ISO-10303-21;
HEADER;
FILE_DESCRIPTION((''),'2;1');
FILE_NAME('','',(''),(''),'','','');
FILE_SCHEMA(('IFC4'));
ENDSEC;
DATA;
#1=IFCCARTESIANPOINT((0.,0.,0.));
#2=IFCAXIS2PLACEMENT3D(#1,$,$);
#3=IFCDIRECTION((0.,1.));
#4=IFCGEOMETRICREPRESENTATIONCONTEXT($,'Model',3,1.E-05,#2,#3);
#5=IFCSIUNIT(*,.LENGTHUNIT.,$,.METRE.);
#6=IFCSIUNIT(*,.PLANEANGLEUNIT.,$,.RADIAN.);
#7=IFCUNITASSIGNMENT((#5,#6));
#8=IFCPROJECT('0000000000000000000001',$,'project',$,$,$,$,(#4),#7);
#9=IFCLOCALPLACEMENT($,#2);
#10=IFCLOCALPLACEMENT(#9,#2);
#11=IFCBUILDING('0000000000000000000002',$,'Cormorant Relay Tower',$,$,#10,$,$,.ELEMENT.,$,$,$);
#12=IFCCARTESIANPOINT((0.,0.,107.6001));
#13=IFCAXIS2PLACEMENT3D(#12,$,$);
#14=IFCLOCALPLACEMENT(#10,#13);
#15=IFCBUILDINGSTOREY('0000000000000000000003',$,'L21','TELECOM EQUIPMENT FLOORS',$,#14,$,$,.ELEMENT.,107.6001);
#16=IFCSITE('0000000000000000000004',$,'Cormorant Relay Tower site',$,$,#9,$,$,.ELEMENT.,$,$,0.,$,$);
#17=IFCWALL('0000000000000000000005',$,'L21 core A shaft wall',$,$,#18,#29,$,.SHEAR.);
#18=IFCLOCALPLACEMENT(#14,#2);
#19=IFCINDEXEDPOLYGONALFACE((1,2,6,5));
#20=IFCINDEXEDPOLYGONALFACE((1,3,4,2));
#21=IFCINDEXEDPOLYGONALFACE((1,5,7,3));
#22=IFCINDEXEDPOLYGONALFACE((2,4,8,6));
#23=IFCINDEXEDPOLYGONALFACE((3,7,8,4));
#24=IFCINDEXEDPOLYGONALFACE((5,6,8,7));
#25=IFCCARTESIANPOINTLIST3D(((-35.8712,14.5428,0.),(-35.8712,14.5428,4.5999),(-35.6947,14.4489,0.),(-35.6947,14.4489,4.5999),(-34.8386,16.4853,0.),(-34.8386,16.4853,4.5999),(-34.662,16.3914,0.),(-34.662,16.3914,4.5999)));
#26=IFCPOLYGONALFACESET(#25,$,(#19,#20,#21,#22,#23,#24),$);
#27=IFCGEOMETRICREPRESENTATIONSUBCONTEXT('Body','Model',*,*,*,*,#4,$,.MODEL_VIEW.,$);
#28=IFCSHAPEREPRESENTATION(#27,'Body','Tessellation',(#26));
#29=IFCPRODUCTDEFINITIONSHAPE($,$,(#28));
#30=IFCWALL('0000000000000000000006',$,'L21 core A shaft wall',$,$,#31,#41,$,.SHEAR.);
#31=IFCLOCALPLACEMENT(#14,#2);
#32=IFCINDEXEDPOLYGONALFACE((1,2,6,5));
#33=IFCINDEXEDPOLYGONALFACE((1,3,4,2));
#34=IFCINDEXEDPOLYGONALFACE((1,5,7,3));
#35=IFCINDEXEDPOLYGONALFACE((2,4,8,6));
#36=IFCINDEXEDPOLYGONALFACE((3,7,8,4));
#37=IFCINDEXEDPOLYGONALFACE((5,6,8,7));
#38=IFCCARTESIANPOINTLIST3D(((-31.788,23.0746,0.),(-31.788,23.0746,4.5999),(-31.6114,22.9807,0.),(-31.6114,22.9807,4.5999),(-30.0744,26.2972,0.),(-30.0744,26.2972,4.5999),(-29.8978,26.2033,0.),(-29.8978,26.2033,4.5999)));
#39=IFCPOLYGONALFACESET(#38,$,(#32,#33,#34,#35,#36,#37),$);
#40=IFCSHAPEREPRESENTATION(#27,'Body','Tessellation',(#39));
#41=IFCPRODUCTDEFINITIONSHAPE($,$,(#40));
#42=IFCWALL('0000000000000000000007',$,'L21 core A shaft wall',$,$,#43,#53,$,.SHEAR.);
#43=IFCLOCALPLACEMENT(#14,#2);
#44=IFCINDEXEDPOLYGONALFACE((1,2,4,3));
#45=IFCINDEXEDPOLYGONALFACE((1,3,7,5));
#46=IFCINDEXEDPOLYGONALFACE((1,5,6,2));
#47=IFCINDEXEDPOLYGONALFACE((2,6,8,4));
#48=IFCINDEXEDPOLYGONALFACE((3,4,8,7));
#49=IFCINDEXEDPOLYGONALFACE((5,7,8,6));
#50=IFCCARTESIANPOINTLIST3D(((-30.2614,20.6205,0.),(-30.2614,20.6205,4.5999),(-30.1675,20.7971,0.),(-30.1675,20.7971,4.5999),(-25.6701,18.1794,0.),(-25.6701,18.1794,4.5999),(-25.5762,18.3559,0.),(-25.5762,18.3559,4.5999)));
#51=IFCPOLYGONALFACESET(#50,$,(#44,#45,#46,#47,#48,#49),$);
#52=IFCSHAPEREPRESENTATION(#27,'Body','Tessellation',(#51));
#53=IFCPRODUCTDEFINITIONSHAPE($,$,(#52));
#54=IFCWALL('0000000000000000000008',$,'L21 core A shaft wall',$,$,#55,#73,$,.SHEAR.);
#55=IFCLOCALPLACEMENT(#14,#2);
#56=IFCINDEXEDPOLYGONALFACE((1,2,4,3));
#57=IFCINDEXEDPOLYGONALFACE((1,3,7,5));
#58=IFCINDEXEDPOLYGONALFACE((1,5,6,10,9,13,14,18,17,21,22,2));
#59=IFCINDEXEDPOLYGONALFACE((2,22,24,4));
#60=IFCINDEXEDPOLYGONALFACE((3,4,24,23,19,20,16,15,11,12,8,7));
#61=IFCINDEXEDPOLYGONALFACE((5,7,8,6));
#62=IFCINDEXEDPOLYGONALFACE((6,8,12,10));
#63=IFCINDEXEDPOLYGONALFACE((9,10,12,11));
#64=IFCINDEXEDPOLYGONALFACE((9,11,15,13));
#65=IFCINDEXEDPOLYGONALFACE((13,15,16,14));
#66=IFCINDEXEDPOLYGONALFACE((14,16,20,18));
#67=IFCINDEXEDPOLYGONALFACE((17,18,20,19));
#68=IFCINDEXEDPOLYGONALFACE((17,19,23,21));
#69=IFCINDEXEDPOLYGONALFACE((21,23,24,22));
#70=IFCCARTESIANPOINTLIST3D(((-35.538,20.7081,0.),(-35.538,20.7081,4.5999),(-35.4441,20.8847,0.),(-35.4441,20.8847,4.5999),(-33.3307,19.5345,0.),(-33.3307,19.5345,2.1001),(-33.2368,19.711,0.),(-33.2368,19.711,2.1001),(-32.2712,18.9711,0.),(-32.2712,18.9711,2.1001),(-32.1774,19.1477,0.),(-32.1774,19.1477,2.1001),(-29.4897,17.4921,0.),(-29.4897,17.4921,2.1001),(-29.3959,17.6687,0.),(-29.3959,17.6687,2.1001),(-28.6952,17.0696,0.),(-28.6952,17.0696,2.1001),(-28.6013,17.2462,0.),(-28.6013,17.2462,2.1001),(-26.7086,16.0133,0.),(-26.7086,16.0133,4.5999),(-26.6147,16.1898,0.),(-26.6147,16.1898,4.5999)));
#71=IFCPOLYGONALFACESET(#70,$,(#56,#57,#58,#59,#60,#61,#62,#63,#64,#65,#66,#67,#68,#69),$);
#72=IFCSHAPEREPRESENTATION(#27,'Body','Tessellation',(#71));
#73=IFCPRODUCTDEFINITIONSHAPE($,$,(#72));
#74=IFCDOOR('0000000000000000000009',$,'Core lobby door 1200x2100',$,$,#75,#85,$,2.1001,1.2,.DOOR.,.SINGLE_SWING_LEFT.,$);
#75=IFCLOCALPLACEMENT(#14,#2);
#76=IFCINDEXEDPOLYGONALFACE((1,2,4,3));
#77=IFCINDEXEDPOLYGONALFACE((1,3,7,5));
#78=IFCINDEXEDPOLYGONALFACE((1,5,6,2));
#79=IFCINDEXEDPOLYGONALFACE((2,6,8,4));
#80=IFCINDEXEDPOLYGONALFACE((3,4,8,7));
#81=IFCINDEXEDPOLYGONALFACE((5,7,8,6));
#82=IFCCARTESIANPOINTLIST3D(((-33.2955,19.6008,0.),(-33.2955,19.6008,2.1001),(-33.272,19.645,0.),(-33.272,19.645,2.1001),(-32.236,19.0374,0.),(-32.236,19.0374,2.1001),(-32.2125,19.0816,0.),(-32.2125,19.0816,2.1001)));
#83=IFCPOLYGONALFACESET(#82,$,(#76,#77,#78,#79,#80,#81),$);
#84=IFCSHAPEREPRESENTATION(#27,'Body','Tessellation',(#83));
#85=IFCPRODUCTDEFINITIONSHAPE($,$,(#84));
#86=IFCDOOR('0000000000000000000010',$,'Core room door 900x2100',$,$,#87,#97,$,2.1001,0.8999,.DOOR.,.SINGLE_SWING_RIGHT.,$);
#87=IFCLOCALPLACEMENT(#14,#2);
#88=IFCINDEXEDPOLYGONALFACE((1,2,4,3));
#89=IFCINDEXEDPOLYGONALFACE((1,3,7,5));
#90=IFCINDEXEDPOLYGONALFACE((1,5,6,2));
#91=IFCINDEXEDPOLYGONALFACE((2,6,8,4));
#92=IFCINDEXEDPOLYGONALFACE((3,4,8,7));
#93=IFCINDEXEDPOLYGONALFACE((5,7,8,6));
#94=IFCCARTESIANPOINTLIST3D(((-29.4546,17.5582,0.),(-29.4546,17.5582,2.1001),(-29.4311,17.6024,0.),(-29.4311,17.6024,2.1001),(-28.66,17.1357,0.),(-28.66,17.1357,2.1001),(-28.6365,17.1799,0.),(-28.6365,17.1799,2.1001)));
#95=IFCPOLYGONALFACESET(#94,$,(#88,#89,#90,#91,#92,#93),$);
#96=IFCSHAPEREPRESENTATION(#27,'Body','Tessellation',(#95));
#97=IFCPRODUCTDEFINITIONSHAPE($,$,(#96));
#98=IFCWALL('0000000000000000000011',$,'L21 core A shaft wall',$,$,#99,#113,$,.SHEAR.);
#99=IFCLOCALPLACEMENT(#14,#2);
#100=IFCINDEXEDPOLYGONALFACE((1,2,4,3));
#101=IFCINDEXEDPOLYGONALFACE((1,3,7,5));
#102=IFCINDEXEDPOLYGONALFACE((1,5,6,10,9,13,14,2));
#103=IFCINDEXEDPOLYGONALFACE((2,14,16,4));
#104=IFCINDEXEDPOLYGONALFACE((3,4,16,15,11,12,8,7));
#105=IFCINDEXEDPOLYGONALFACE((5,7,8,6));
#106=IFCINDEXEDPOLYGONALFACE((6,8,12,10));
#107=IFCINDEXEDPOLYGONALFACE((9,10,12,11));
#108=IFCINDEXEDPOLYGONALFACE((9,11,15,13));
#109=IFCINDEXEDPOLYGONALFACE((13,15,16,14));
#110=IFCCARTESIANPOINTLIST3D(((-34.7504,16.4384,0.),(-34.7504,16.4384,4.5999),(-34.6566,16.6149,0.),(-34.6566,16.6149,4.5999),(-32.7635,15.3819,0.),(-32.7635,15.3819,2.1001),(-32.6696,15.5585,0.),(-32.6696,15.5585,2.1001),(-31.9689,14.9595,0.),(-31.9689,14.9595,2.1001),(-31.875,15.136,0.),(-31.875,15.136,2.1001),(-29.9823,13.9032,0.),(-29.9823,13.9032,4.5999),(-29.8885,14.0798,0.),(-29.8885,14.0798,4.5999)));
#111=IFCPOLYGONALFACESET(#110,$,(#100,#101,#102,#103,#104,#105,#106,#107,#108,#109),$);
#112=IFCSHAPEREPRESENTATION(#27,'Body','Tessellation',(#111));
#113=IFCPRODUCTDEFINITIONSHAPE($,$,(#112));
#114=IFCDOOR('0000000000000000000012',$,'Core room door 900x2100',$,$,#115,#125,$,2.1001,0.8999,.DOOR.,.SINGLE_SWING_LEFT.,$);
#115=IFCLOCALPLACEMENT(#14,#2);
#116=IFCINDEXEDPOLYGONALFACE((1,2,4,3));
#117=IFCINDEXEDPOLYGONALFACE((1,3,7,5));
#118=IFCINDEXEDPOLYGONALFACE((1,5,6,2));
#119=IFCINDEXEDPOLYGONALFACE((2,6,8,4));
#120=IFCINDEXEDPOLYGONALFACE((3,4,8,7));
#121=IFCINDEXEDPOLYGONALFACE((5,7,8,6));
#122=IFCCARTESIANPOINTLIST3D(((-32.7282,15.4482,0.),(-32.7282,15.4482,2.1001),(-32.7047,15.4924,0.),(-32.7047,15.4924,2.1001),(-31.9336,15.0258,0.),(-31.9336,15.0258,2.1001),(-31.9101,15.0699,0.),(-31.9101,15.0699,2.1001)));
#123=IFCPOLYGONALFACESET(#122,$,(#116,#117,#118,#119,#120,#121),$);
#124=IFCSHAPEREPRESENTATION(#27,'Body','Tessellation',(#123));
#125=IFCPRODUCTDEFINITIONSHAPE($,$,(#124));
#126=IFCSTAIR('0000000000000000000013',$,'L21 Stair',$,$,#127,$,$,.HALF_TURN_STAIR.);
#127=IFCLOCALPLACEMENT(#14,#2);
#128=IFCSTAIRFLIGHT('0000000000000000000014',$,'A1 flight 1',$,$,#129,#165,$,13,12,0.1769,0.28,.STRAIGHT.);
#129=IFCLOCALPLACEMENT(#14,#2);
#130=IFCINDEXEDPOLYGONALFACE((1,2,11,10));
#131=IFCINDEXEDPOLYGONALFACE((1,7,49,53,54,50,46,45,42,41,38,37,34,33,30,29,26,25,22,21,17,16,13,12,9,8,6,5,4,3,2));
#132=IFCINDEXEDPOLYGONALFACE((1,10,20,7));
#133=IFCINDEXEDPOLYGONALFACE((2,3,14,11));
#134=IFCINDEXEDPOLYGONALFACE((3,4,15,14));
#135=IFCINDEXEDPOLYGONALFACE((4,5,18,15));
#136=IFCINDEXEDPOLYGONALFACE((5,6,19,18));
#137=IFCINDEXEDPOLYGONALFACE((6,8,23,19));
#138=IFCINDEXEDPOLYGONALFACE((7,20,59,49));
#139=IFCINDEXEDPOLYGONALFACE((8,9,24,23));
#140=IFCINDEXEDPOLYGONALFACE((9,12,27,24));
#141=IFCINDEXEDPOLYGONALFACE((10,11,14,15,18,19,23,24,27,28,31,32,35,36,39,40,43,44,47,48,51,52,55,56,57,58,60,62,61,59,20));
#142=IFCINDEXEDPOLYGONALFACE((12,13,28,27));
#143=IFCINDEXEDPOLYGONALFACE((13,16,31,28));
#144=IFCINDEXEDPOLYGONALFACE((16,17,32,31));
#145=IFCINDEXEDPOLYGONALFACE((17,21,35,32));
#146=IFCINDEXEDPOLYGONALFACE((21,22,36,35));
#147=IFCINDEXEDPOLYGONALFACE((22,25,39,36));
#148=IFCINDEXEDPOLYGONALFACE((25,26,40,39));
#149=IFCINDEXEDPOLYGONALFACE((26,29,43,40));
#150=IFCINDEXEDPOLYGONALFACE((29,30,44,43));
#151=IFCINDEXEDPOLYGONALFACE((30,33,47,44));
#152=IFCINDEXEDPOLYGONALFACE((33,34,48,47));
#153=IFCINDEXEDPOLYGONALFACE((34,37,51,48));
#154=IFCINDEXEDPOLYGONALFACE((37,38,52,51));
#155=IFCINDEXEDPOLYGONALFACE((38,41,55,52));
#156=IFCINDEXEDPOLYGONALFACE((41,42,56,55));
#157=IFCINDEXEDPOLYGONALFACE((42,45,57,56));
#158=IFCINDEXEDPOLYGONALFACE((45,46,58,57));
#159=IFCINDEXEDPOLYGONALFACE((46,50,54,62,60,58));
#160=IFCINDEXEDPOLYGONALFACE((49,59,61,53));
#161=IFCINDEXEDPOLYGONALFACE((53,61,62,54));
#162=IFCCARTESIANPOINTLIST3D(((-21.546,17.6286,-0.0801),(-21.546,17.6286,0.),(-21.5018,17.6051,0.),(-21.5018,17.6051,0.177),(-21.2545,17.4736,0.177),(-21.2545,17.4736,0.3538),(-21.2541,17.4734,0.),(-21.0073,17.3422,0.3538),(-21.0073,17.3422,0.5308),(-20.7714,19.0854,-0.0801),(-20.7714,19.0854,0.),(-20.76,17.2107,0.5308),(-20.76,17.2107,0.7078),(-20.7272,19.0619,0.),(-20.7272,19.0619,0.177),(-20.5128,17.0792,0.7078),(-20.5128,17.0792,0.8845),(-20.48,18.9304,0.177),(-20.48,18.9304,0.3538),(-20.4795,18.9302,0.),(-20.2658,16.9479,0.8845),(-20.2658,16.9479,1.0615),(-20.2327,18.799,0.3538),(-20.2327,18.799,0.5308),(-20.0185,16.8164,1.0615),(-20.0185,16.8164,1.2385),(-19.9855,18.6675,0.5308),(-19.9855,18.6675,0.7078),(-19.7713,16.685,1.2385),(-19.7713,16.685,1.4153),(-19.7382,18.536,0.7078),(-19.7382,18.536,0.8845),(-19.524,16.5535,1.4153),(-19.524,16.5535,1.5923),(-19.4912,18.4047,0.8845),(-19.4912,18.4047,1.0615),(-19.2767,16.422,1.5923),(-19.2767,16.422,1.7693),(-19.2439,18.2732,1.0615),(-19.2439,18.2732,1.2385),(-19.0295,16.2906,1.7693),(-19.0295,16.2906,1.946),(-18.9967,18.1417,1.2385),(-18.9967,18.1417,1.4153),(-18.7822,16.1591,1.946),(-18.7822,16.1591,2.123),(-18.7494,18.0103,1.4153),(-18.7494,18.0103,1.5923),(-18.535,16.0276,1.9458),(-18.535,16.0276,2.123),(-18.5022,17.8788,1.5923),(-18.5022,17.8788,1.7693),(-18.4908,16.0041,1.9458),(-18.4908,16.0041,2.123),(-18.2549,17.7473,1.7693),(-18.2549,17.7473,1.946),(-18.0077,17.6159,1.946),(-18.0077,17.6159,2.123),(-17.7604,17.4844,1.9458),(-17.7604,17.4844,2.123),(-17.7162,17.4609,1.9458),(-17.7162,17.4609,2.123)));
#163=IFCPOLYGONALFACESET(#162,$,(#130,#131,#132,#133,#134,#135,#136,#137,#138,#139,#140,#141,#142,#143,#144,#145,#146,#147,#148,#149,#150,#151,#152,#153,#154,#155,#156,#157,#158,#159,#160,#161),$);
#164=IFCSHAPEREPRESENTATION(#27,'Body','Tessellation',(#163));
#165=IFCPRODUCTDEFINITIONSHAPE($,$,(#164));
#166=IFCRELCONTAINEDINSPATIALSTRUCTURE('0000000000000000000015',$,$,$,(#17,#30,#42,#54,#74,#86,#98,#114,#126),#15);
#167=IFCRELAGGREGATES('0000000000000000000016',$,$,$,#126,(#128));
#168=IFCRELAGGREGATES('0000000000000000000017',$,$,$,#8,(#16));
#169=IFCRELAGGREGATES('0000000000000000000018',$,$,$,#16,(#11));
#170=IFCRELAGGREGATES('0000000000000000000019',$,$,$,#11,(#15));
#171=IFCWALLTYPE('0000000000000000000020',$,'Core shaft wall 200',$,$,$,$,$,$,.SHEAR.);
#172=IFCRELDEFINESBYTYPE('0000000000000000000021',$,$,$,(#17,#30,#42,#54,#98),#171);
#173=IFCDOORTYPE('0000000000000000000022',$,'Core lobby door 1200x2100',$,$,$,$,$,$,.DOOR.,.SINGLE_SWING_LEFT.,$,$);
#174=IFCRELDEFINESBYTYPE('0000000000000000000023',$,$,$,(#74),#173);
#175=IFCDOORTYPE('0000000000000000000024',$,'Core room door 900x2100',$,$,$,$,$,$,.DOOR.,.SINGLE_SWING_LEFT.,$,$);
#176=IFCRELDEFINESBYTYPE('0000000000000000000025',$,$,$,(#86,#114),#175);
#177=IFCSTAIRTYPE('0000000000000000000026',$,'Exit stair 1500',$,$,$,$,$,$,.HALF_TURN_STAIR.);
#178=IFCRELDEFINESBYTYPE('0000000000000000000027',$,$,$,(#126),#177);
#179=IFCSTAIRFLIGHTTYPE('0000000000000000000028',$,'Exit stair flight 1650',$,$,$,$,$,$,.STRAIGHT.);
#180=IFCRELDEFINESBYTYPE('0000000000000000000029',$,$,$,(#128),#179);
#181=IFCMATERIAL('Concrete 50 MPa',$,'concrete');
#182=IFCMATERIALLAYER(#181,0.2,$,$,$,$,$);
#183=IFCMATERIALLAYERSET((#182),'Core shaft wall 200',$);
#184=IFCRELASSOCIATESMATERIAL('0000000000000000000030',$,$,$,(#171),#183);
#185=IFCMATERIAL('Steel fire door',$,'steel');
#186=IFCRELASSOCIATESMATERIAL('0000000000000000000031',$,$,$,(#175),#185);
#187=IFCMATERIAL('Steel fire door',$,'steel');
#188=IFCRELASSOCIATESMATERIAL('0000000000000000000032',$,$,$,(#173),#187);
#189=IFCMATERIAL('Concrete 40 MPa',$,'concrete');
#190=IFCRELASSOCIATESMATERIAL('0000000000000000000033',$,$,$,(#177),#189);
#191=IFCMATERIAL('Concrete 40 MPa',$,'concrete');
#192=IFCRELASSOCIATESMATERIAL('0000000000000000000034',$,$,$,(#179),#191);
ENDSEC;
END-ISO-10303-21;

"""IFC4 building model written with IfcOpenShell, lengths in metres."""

from ifc_helpers import new_model, si_unit, direction, frame, frame_2d, origin, place, context, subcontext, project, spatial, polyline, rectangle, outline, extrude, material, layer, layer_set, type_object, element, fill, aggregate, save


model = new_model("IFC4")

# Units and contexts
model_context = context("Model", 3, precision=1e-05, world=origin(), true_north=direction((0.0, 1.0)))
body_context = subcontext(model_context, "Body", "Model", "MODEL_VIEW")
ifc_project = project(units=[si_unit("LENGTHUNIT", "METRE"), si_unit("PLANEANGLEUNIT", "RADIAN")], contexts=[model_context])

# Site, building, storey
site_placement = place(None, origin())
site = spatial("IfcSite", under=ifc_project, at=site_placement, Name="Cormorant Relay Tower site", CompositionType="ELEMENT", RefElevation=0.0)
building_placement = place(site_placement, origin())
building = spatial("IfcBuilding", under=site, at=building_placement, Name="Cormorant Relay Tower", CompositionType="ELEMENT")
storey_placement = place(building_placement, frame((0.0, 0.0, 107.6001)))
storey = spatial("IfcBuildingStorey", under=building, at=storey_placement, Name="L21", Description="TELECOM EQUIPMENT FLOORS", CompositionType="ELEMENT", Elevation=107.6001)

# Shared definitions
ifc_material_1 = material(Name="Concrete 50 MPa", Category="concrete")
ifc_layer_1 = layer(ifc_material_1, 0.2)
ifc_layer_set_1 = layer_set([ifc_layer_1], Name="Core shaft wall 200")
wall_type_1 = type_object("IfcWallType", Name="Core shaft wall 200", PredefinedType="SHEAR", material=ifc_layer_set_1)

# Shared definitions
ifc_material_2 = material(Name="Steel fire door", Category="steel")
door_type_1 = type_object("IfcDoorType", Name="Core room door 900x2100", OperationType="SINGLE_SWING_LEFT", PredefinedType="DOOR", material=ifc_material_2)

# Walls
wall_1_placement = place(storey_placement, frame((-34.7502, 16.4385, 0.0), z_axis=(0.0, 0.0, 1.0), x_axis=(-0.469401, -0.882985, 0.0)))
element("IfcWall", 1, at=wall_1_placement, inside=storey, type_object=wall_type_1, Name="L21 core A shaft wall", PredefinedType="SHEAR", context=body_context, shape_type="SweptSolid", body=[
    extrude(rectangle(XDim=2.2, YDim=0.2, at=frame_2d((1.1001, 0.0))), origin(), (0.0, 0.0, 1.0), 4.5999),
])
wall_2_placement = place(storey_placement, frame((-29.9861, 26.2502, 0.0), z_axis=(0.0, 0.0, 1.0), x_axis=(-0.469494, -0.882936, 0.0)))
element("IfcWall", 2, at=wall_2_placement, inside=storey, type_object=wall_type_1, Name="L21 core A shaft wall", PredefinedType="SHEAR", context=body_context, shape_type="SweptSolid", body=[
    extrude(rectangle(XDim=3.6499, YDim=0.2, at=frame_2d((1.825, 0.0))), origin(), (0.0, 0.0, 1.0), 4.5999),
])

# Wall
wall_3_placement = place(storey_placement, frame((-25.623, 18.2676, 0.0), z_axis=(0.0, 0.0, 1.0), x_axis=(-0.882954, 0.46946, 0.0)))
element("IfcWall", 3, at=wall_3_placement, inside=storey, type_object=wall_type_1, Name="L21 core A shaft wall", PredefinedType="SHEAR", context=body_context, shape_type="SweptSolid", body=[
    extrude(rectangle(XDim=5.2, YDim=0.2, at=frame_2d((2.6001, 0.0))), origin(), (0.0, 0.0, 1.0), 4.5999),
])

# Wall, openings, doors
wall_4_placement = place(storey_placement, frame((-26.6616, 16.1016, 0.0), z_axis=(0.0, 0.0, 1.0), x_axis=(-0.88294, 0.469485, 0.0)))
wall_4 = element("IfcWall", 4, at=wall_4_placement, inside=storey, type_object=wall_type_1, Name="L21 core A shaft wall", PredefinedType="SHEAR", context=body_context, shape_type="SweptSolid", body=[
    extrude(rectangle(XDim=10.0, YDim=0.2, at=frame_2d((5.0, 0.0))), origin(), (0.0, 0.0, 1.0), 4.5999),
])
opening_1_placement = place(wall_4_placement, frame((6.3, 0.0, 0.0)))
opening_1 = element("IfcOpeningElement", 5, at=opening_1_placement, cuts=wall_4, PredefinedType="OPENING", context=body_context, shape_type="SweptSolid", body=[
    extrude(rectangle(XDim=1.2, YDim=2.1001, at=frame_2d((0.6001, 1.05))), frame((0.0, 0.1099, 0.0), z_axis=(0.0, -1.0, 0.0), x_axis=(1.0, 0.0, 0.0)), (0.0, 0.0, 1.0), 0.22),
])
opening_2_placement = place(wall_4_placement, frame((2.25, 0.0, 0.0)))
opening_2 = element("IfcOpeningElement", 6, at=opening_2_placement, cuts=wall_4, PredefinedType="OPENING", context=body_context, shape_type="SweptSolid", body=[
    extrude(rectangle(XDim=0.8999, YDim=2.1001, at=frame_2d((0.45, 1.05))), frame((0.0, 0.1099, 0.0), z_axis=(0.0, -1.0, 0.0), x_axis=(1.0, 0.0, 0.0)), (0.0, 0.0, 1.0), 0.22),
])
ifc_material_3 = material(Name="Steel fire door", Category="steel")
door_type_2 = type_object("IfcDoorType", Name="Core lobby door 1200x2100", OperationType="SINGLE_SWING_LEFT", PredefinedType="DOOR", material=ifc_material_3)
door_1_placement = place(opening_1_placement, origin())
door_1 = element("IfcDoor", 7, at=door_1_placement, inside=storey, type_object=door_type_2, Name="Core lobby door 1200x2100", OperationType="SINGLE_SWING_LEFT", OverallHeight=2.1001, OverallWidth=1.2, PredefinedType="DOOR", context=body_context, shape_type="SweptSolid", body=[
    extrude(rectangle(XDim=1.2, YDim=2.1001, at=frame_2d((0.6001, 1.05))), frame((0.0, 0.0249, 0.0), z_axis=(0.0, -1.0, 0.0), x_axis=(1.0, 0.0, 0.0)), (0.0, 0.0, 1.0), 0.05),
])
fill(opening_1, door_1)
door_2_placement = place(opening_2_placement, frame((0.8999, 0.0, 0.0), z_axis=(0.0, 0.0, 1.0), x_axis=(-1.0, 0.0, 0.0)))
door_2 = element("IfcDoor", 8, at=door_2_placement, inside=storey, type_object=door_type_1, Name="Core room door 900x2100", OperationType="SINGLE_SWING_RIGHT", OverallHeight=2.1001, OverallWidth=0.8999, PredefinedType="DOOR", context=body_context, shape_type="SweptSolid", body=[
    extrude(rectangle(XDim=0.8999, YDim=2.1001, at=frame_2d((0.45, 1.05))), frame((0.0, 0.0249, 0.0), z_axis=(0.0, -1.0, 0.0), x_axis=(1.0, 0.0, 0.0)), (0.0, 0.0, 1.0), 0.05),
])
fill(opening_2, door_2)

# Wall, opening, door
wall_5_placement = place(storey_placement, frame((-29.9353, 13.9915, 0.0), z_axis=(0.0, 0.0, 1.0), x_axis=(-0.882953, 0.469462, 0.0)))
wall_5 = element("IfcWall", 9, at=wall_5_placement, inside=storey, type_object=wall_type_1, Name="L21 core A shaft wall", PredefinedType="SHEAR", context=body_context, shape_type="SweptSolid", body=[
    extrude(rectangle(XDim=5.4001, YDim=0.2, at=frame_2d((2.7002, 0.0))), origin(), (0.0, 0.0, 1.0), 4.5999),
])
opening_3_placement = place(wall_5_placement, frame((2.25, 0.0, 0.0)))
opening_3 = element("IfcOpeningElement", 10, at=opening_3_placement, cuts=wall_5, PredefinedType="OPENING", context=body_context, shape_type="SweptSolid", body=[
    extrude(rectangle(XDim=0.8999, YDim=2.1001, at=frame_2d((0.45, 1.05))), frame((0.0, 0.1099, 0.0), z_axis=(0.0, -1.0, 0.0), x_axis=(1.0, 0.0, 0.0)), (0.0, 0.0, 1.0), 0.22),
])
door_3_placement = place(opening_3_placement, origin())
door_3 = element("IfcDoor", 11, at=door_3_placement, inside=storey, type_object=door_type_1, Name="Core room door 900x2100", OperationType="SINGLE_SWING_LEFT", OverallHeight=2.1001, OverallWidth=0.8999, PredefinedType="DOOR", context=body_context, shape_type="SweptSolid", body=[
    extrude(rectangle(XDim=0.8999, YDim=2.1001, at=frame_2d((0.45, 1.05))), frame((0.0, 0.0249, 0.0), z_axis=(0.0, -1.0, 0.0), x_axis=(1.0, 0.0, 0.0)), (0.0, 0.0, 1.0), 0.05),
])
fill(opening_3, door_3)

# Stair, stair flight
ifc_material_4 = material(Name="Concrete 40 MPa", Category="concrete")
stair_type = type_object("IfcStairType", Name="Exit stair 1500", PredefinedType="HALF_TURN_STAIR", material=ifc_material_4)
stair_placement = place(storey_placement, origin())
stair = element("IfcStair", 12, at=stair_placement, inside=storey, type_object=stair_type, Name="L21 Stair", PredefinedType="HALF_TURN_STAIR")
ifc_material_5 = material(Name="Concrete 40 MPa", Category="concrete")
stair_flight_type = type_object("IfcStairFlightType", Name="Exit stair flight 1650", PredefinedType="STRAIGHT", material=ifc_material_5)
stair_flight_placement = place(storey_placement, frame((-21.1145, 18.3335, 0.0), z_axis=(0.0, 0.0, 1.0), x_axis=(0.882948, -0.469472, 0.0)))
stair_flight = element("IfcStairFlight", 13, at=stair_flight_placement, type_object=stair_flight_type, Name="A1 flight 1", NumberOfRisers=13, NumberOfTreads=12, PredefinedType="STRAIGHT", RiserHeight=0.1769, TreadLength=0.28, context=body_context, shape_type="SweptSolid", body=[
    extrude(outline(polyline([(-0.05, -0.0801), (-0.05, 0.0), (0.0, 0.0), (0.0, 0.177), (0.28, 0.177), (0.28, 0.3538), (0.5601, 0.3538), (0.5601, 0.5308), (0.8401, 0.5308), (0.8401, 0.7078), (1.1201, 0.7078), (1.1201, 0.8845), (1.3999, 0.8845), (1.3999, 1.0615), (1.6799, 1.0615), (1.6799, 1.2385), (1.96, 1.2385), (1.96, 1.4153), (2.24, 1.4153), (2.24, 1.5923), (2.52, 1.5923), (2.52, 1.7693), (2.8, 1.7693), (2.8, 1.946), (3.0801, 1.946), (3.0801, 2.123), (3.3601, 2.123), (3.4102, 2.123), (3.4102, 1.9458), (3.3601, 1.9458), (0.2805, 0.0), (-0.05, -0.0801)])), frame((0.0, 0.825, 0.0), z_axis=(0.0, -1.0, 0.0), x_axis=(1.0, 0.0, 0.0)), (0.0, 0.0, 1.0), 1.6499),
])
aggregate(stair, [stair_flight])

save(model, "model.ifc")
